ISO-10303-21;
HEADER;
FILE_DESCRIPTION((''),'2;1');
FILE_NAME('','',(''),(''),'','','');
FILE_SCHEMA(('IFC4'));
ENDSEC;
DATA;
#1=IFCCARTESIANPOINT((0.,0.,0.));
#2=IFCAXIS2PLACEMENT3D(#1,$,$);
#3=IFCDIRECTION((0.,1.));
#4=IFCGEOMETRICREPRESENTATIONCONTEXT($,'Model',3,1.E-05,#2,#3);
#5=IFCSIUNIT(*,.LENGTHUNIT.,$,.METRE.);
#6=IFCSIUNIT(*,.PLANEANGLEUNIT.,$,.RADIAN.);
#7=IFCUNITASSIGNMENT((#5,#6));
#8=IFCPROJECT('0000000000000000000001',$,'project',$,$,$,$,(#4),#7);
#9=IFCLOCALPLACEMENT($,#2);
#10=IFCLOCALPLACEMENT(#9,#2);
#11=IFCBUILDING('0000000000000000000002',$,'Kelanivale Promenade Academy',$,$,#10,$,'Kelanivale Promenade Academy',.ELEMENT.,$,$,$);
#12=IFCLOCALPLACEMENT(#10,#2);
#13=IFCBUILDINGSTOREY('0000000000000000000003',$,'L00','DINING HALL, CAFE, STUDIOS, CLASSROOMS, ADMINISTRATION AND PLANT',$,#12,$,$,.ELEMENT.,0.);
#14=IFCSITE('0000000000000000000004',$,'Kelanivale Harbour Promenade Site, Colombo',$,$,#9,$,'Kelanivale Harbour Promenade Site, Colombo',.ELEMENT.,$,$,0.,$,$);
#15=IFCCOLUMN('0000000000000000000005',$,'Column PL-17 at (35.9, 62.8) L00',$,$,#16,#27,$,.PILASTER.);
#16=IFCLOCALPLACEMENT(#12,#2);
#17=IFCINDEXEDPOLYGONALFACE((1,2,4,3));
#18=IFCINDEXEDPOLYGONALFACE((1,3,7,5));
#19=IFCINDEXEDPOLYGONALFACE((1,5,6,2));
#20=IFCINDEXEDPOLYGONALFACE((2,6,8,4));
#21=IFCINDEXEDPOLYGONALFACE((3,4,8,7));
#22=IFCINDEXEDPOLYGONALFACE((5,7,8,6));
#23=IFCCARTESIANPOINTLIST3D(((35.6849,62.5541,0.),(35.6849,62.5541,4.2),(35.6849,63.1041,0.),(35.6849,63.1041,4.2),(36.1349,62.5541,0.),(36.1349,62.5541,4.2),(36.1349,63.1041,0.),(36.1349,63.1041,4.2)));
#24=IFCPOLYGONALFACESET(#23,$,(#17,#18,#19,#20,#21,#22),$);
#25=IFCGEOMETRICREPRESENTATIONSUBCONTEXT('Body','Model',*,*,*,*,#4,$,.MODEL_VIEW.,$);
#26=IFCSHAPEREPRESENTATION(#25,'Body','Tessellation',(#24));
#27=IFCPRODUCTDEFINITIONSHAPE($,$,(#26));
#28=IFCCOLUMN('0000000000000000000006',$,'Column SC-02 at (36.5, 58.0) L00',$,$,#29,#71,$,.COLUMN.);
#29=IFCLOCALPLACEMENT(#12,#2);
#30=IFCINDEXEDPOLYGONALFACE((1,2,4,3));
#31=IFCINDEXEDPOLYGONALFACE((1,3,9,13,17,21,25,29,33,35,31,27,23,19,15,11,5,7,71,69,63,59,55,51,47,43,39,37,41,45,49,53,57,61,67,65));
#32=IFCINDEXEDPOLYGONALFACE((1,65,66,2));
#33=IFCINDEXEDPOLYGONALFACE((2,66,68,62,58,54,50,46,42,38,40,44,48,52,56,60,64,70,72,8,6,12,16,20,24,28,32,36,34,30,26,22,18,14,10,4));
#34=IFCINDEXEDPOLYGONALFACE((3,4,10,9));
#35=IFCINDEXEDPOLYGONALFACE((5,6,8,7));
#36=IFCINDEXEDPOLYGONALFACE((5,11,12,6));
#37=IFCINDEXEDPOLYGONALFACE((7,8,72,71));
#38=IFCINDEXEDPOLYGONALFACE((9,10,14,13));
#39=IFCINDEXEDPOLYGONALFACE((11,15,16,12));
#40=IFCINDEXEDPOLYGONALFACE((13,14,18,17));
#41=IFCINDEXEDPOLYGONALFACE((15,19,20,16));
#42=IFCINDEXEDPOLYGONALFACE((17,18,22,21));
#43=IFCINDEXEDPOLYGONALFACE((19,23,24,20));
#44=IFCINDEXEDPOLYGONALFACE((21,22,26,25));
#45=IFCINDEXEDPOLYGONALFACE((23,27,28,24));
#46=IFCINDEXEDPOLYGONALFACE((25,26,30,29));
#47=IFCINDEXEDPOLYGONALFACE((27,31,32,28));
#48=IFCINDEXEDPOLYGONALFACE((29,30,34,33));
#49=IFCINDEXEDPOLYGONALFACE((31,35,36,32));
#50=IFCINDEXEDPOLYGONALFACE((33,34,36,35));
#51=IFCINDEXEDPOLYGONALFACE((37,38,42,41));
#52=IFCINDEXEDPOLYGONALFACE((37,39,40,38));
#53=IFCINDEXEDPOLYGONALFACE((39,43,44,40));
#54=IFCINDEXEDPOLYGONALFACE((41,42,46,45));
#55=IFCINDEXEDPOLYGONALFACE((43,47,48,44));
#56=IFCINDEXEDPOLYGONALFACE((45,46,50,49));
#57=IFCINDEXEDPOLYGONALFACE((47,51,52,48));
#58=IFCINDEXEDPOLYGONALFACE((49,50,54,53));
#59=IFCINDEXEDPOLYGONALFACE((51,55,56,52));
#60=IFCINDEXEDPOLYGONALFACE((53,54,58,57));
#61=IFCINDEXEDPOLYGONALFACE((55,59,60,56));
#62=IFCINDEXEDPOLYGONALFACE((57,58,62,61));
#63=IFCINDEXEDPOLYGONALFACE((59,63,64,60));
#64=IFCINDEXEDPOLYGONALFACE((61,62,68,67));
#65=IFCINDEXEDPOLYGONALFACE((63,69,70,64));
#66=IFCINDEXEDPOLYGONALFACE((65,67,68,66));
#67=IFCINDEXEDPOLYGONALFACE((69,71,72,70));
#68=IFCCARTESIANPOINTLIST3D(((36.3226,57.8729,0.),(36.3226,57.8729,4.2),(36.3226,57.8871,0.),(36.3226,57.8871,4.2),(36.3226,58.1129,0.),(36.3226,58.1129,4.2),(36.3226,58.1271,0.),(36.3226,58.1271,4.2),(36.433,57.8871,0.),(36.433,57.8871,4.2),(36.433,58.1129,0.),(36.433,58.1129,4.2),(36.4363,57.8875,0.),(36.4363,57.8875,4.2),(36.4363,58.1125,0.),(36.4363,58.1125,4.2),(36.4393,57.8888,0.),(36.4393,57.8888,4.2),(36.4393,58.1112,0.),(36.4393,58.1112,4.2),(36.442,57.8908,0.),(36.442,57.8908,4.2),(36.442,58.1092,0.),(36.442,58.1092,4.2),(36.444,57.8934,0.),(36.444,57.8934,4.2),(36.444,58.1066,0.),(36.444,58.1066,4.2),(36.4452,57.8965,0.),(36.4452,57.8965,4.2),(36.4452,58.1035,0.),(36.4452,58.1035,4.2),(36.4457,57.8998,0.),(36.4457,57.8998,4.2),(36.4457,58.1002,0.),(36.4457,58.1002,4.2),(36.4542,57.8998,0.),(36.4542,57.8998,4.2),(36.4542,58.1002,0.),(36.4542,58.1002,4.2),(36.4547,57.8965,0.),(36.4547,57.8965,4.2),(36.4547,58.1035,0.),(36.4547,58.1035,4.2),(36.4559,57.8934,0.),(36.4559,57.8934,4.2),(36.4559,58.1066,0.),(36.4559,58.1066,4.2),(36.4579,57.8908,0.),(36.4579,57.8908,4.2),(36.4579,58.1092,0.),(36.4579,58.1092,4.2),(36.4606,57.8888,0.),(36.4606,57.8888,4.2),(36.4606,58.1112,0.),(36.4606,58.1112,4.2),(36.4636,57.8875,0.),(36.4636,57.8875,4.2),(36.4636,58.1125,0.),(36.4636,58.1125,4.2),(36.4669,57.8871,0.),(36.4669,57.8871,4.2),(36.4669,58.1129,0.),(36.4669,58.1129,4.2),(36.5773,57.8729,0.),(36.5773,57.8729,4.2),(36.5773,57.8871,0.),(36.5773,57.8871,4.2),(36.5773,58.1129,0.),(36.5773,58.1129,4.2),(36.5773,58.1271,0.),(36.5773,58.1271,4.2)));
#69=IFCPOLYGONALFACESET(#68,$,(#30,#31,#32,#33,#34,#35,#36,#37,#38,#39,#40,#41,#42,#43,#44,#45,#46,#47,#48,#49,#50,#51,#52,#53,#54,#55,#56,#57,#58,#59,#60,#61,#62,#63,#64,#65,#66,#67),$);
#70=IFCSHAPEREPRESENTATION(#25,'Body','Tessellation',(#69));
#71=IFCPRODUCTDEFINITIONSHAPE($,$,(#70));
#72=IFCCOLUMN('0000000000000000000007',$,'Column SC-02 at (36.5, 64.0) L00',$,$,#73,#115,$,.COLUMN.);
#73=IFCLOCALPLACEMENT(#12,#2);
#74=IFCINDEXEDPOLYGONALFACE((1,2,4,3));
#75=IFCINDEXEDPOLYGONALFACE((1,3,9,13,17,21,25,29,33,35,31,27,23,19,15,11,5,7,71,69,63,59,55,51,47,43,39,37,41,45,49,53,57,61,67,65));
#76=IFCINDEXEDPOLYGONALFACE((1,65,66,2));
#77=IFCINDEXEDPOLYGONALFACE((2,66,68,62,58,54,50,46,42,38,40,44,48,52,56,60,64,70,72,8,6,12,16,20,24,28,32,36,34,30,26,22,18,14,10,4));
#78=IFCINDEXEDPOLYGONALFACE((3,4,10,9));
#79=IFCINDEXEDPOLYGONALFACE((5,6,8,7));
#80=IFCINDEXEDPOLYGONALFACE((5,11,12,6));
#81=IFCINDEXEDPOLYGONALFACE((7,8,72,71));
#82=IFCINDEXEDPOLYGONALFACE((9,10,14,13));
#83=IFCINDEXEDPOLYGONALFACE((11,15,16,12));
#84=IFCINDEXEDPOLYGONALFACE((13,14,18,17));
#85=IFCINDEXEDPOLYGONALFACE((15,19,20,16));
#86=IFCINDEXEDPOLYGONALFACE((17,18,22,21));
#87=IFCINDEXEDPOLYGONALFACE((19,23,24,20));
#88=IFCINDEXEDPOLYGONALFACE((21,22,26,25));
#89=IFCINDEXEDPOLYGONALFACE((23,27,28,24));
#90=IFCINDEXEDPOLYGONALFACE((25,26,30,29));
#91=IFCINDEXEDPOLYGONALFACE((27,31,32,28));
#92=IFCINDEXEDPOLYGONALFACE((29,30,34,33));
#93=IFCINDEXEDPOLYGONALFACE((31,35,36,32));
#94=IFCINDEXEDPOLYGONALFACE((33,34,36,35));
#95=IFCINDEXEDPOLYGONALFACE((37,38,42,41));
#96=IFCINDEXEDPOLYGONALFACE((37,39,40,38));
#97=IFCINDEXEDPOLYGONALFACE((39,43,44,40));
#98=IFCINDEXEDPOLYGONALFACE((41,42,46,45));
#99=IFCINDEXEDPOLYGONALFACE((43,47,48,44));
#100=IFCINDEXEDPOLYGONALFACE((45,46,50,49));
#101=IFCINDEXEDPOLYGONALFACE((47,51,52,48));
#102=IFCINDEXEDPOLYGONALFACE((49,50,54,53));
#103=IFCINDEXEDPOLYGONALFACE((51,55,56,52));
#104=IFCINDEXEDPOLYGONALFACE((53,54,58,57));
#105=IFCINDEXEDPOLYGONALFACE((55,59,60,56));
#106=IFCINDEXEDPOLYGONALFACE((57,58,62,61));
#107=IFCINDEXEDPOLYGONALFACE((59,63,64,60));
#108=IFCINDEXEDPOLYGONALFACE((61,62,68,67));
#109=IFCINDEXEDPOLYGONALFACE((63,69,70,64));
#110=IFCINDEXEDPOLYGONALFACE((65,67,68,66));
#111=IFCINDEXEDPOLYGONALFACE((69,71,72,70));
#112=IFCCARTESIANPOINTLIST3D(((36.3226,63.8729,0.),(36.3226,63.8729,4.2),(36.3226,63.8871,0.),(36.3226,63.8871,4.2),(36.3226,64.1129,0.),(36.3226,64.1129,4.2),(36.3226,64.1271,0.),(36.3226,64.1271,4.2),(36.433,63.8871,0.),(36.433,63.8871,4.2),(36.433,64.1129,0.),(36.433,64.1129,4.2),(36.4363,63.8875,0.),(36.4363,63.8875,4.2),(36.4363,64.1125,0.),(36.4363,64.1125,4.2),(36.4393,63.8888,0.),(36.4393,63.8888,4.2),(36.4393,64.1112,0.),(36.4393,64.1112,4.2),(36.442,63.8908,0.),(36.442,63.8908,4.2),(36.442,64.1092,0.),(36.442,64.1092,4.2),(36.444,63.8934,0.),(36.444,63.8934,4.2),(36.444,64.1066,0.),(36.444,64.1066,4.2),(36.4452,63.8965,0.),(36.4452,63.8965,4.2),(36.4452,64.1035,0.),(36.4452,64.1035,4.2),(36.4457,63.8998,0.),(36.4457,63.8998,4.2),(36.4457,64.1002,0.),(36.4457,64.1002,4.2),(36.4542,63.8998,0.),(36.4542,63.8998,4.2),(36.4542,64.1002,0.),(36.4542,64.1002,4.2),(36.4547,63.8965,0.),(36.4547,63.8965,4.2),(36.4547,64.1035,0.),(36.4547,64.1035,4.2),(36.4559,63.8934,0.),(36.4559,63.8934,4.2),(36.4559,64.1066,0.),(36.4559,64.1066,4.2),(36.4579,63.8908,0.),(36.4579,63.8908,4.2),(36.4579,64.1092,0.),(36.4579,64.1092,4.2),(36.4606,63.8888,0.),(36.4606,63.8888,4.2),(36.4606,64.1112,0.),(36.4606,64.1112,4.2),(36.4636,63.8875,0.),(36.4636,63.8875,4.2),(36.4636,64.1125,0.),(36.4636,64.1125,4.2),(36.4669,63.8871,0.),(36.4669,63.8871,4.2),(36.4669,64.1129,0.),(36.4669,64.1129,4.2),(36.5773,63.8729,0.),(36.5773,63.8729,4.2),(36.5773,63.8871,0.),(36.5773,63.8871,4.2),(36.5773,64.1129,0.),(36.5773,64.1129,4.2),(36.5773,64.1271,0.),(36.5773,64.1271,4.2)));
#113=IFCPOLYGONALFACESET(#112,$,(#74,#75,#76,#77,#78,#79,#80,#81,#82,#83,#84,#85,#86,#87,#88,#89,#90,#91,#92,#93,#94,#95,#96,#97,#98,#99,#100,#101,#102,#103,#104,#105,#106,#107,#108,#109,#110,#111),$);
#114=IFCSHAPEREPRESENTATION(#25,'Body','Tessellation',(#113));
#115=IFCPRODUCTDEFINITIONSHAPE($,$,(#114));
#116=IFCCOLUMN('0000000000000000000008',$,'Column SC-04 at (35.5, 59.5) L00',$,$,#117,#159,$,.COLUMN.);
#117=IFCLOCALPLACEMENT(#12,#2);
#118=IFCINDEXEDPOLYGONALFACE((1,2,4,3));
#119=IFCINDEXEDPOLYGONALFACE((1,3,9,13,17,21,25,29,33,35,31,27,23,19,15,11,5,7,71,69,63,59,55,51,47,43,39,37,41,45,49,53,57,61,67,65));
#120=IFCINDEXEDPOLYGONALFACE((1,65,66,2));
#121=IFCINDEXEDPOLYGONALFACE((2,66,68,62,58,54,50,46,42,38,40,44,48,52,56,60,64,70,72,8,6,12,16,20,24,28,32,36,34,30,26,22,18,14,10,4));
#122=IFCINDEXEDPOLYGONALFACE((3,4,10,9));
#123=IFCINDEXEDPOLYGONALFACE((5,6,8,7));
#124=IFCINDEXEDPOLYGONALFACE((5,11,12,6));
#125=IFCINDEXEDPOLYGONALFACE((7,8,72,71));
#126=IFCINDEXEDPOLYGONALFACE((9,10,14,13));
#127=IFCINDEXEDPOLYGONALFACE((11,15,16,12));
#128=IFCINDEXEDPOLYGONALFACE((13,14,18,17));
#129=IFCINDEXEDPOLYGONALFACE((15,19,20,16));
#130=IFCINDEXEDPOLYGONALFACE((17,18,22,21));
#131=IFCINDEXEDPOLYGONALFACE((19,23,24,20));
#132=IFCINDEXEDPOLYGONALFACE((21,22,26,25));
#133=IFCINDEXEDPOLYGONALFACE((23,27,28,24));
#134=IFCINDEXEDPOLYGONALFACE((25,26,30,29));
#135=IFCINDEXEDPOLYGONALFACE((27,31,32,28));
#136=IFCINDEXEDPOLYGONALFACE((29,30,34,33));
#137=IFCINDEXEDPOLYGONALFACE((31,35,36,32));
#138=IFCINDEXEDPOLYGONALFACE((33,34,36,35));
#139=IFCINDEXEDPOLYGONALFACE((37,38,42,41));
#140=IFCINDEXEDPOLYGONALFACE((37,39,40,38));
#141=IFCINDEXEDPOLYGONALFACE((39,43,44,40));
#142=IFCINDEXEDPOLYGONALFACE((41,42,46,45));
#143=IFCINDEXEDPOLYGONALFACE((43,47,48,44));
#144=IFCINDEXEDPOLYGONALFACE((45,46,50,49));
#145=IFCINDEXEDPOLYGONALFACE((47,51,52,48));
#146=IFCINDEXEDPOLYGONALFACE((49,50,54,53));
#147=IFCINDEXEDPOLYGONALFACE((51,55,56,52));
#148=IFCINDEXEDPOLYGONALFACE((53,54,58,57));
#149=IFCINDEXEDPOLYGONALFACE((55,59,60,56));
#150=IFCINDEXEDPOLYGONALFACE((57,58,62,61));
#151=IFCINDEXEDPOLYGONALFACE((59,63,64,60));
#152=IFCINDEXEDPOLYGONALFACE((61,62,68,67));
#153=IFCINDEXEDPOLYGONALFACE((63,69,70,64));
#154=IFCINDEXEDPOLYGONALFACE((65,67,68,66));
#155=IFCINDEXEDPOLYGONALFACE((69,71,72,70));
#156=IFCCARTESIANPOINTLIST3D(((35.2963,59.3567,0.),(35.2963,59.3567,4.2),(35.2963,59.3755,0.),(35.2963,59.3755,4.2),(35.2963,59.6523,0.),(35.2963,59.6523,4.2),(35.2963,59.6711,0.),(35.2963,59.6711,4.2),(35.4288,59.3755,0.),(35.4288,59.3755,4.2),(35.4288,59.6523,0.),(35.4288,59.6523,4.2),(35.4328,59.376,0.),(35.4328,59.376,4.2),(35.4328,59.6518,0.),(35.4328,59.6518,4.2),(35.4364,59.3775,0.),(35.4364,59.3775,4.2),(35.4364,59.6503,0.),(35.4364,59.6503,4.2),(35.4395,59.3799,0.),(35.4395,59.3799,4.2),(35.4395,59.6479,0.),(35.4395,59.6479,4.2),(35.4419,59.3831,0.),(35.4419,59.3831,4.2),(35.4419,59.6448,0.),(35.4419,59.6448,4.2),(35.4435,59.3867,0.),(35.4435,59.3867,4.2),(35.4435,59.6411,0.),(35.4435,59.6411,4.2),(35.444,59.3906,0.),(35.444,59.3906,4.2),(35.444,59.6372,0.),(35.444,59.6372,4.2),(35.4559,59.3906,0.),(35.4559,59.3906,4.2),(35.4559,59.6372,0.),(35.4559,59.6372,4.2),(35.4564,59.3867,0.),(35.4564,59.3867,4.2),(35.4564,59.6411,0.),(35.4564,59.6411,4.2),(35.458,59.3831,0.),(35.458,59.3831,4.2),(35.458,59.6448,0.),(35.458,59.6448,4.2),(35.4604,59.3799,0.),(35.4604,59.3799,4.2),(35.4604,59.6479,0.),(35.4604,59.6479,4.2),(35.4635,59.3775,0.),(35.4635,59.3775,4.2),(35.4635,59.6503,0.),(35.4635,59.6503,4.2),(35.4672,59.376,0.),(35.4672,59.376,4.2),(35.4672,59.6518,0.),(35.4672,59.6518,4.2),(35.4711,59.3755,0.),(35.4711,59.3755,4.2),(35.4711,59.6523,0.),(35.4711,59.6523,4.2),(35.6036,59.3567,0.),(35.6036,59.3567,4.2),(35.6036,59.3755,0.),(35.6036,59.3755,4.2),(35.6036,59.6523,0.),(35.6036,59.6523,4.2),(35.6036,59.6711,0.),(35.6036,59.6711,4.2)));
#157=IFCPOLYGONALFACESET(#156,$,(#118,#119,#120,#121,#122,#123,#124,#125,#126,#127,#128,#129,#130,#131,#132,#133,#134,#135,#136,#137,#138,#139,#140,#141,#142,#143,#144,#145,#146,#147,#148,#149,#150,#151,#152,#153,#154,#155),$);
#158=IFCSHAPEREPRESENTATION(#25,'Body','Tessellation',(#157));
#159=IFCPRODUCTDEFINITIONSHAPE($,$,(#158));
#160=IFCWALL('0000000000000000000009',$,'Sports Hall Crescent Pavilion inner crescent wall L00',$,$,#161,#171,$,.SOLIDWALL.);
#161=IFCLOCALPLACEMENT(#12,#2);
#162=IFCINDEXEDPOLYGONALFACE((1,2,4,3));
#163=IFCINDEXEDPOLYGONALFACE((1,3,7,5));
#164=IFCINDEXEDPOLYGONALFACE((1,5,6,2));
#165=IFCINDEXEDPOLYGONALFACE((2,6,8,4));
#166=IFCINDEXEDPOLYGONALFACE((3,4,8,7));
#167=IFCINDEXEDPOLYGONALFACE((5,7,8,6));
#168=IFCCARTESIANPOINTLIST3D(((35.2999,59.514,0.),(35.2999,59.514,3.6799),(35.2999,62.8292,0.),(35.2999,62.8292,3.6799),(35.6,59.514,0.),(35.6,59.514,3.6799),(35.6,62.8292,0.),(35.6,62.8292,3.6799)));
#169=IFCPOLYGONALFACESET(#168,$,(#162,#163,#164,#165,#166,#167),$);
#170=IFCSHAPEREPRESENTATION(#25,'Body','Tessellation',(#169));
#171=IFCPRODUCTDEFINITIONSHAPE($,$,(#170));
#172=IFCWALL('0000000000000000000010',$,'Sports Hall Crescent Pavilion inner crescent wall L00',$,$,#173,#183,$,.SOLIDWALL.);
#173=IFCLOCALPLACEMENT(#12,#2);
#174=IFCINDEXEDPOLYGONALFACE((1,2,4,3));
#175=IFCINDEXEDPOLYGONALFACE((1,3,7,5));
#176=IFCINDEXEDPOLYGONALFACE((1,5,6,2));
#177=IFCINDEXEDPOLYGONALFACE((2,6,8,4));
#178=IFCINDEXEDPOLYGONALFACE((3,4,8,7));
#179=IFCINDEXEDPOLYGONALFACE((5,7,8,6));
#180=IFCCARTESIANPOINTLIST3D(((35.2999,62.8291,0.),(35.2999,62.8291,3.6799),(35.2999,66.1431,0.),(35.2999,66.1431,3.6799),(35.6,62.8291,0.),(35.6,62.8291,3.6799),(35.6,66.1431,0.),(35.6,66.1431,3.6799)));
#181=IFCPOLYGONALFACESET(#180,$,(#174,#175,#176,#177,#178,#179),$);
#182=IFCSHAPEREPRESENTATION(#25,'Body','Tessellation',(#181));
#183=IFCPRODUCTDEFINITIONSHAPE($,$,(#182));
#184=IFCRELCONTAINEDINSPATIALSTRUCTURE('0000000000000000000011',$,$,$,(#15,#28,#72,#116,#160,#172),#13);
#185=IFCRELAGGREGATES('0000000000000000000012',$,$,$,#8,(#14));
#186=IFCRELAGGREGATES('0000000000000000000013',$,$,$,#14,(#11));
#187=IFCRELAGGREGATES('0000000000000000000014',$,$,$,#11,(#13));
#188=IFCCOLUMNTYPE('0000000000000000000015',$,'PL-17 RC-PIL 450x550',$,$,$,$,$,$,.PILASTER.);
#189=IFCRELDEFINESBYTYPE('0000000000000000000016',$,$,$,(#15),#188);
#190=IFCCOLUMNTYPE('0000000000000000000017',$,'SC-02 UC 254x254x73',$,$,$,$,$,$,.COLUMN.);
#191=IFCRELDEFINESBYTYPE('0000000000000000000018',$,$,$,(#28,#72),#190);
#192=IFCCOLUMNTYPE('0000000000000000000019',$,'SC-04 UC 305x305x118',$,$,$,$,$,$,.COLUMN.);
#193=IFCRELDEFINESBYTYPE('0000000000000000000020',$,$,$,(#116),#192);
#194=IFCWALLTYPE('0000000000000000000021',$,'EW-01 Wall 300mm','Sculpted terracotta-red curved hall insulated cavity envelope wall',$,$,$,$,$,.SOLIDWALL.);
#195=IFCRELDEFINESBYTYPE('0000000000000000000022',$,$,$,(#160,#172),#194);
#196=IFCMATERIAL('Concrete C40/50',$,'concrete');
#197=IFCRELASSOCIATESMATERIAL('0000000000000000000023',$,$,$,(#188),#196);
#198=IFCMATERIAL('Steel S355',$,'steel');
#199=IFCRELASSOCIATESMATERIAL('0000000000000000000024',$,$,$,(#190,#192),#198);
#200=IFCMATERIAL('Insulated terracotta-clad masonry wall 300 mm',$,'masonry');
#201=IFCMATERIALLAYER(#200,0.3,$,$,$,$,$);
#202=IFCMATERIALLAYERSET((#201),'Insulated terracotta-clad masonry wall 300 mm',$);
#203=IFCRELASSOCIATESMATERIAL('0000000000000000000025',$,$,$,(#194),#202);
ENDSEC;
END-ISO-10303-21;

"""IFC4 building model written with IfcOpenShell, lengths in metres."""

from ifc_helpers import new_model, si_unit, direction, frame, frame_2d, origin, origin_2d, place, context, subcontext, project, spatial, rectangle, i_section, extrude, material, layer, layer_set, material_profile, profile_set, type_object, element, save


model = new_model("IFC4")

# Units and contexts
model_context = context("Model", 3, precision=1e-05, world=origin(), true_north=direction((0.0, 1.0)))
body_context = subcontext(model_context, "Body", "Model", "MODEL_VIEW")
ifc_project = project(units=[si_unit("LENGTHUNIT", "METRE"), si_unit("PLANEANGLEUNIT", "RADIAN")], contexts=[model_context])

# Site, building, storey
site_placement = place(None, origin())
site = spatial("IfcSite", under=ifc_project, at=site_placement, Name="Kelanivale Harbour Promenade Site, Colombo", LongName="Kelanivale Harbour Promenade Site, Colombo", CompositionType="ELEMENT", RefElevation=0.0)
building_placement = place(site_placement, origin())
building = spatial("IfcBuilding", under=site, at=building_placement, Name="Kelanivale Promenade Academy", LongName="Kelanivale Promenade Academy", CompositionType="ELEMENT")
storey_placement = place(building_placement, origin())
storey = spatial("IfcBuildingStorey", under=building, at=storey_placement, Name="L00", Description="DINING HALL, CAFE, STUDIOS, CLASSROOMS, ADMINISTRATION AND PLANT", CompositionType="ELEMENT", Elevation=0.0)

# Columns
ifc_material_1 = material(Name="Concrete C40/50", Category="concrete")
ifc_material_profile_1 = material_profile(ifc_material_1, rectangle(XDim=0.45, YDim=0.55, at=origin_2d()), Name="RC-PIL 450x550")
ifc_profile_set_1 = profile_set([ifc_material_profile_1], Name="Concrete C40/50")
column_type_1 = type_object("IfcColumnType", Name="PL-17 RC-PIL 450x550", PredefinedType="PILASTER", material=ifc_profile_set_1)
column_1_placement = place(storey_placement, frame((35.9099, 62.8291, 0.0), z_axis=(0.0, 0.0, 1.0), x_axis=(1.0, 0.0, 0.0)))
element("IfcColumn", 1, at=column_1_placement, inside=storey, type_object=column_type_1, Name="Column PL-17 at (35.9, 62.8) L00", PredefinedType="PILASTER", context=body_context, shape_type="SweptSolid", body=[
    extrude(rectangle(XDim=0.45, YDim=0.55, at=origin_2d()), origin(), (0.0, 0.0, 1.0), 4.2),
])
ifc_material_2 = material(Name="Steel S355", Category="steel")
ifc_material_profile_2 = material_profile(ifc_material_2, i_section(OverallWidth=0.2546, OverallDepth=0.2542, WebThickness=0.0085, FlangeThickness=0.0142, FilletRadius=0.0127, at=origin_2d()), Name="UC 254x254x73")
ifc_profile_set_2 = profile_set([ifc_material_profile_2], Name="Steel S355")
column_type_2 = type_object("IfcColumnType", Name="SC-02 UC 254x254x73", PredefinedType="COLUMN", material=ifc_profile_set_2)
for number, where, z_axis, x_axis, name in (
    (2, (36.45, 58.0, 0.0), (0.0, 0.0, 1.0), (1.0, 0.0, 0.0), "Column SC-02 at (36.5, 58.0) L00"),
    (3, (36.45, 64.0, 0.0), (0.0, 0.0, 1.0), (1.0, 0.0, 0.0), "Column SC-02 at (36.5, 64.0) L00"),
):
    element("IfcColumn", number, at=place(storey_placement, frame(where, z_axis=z_axis, x_axis=x_axis)), inside=storey, type_object=column_type_2, Name=name, PredefinedType="COLUMN", context=body_context, shape_type="SweptSolid", body=[
        extrude(i_section(OverallWidth=0.2546, OverallDepth=0.2542, WebThickness=0.0085, FlangeThickness=0.0142, FilletRadius=0.0127, at=origin_2d()), origin(), (0.0, 0.0, 1.0), 4.2),
    ])
ifc_material_profile_3 = material_profile(ifc_material_2, i_section(OverallWidth=0.3074, OverallDepth=0.3145, WebThickness=0.012, FlangeThickness=0.0188, FilletRadius=0.0151, at=origin_2d()), Name="UC 305x305x118")
ifc_profile_set_3 = profile_set([ifc_material_profile_3], Name="Steel S355")
column_type_3 = type_object("IfcColumnType", Name="SC-04 UC 305x305x118", PredefinedType="COLUMN", material=ifc_profile_set_3)
column_2_placement = place(storey_placement, frame((35.45, 59.5139, 0.0), z_axis=(0.0, 0.0, 1.0), x_axis=(1.0, 0.0, 0.0)))
element("IfcColumn", 4, at=column_2_placement, inside=storey, type_object=column_type_3, Name="Column SC-04 at (35.5, 59.5) L00", PredefinedType="COLUMN", context=body_context, shape_type="SweptSolid", body=[
    extrude(i_section(OverallWidth=0.3074, OverallDepth=0.3145, WebThickness=0.012, FlangeThickness=0.0188, FilletRadius=0.0151, at=origin_2d()), origin(), (0.0, 0.0, 1.0), 4.2),
])

# Walls
ifc_material_3 = material(Name="Insulated terracotta-clad masonry wall 300 mm", Category="masonry")
ifc_layer_1 = layer(ifc_material_3, 0.3)
ifc_layer_set_1 = layer_set([ifc_layer_1], Name="Insulated terracotta-clad masonry wall 300 mm")
wall_type_1 = type_object("IfcWallType", Name="EW-01 Wall 300mm", Description="Sculpted terracotta-red curved hall insulated cavity envelope wall", PredefinedType="SOLIDWALL", material=ifc_layer_set_1)
wall_1_placement = place(storey_placement, frame((35.45, 59.5139, 0.0), z_axis=(0.0, 0.0, 1.0), x_axis=(0.0, 1.0, 0.0)))
element("IfcWall", 5, at=wall_1_placement, inside=storey, type_object=wall_type_1, Name="Sports Hall Crescent Pavilion inner crescent wall L00", PredefinedType="SOLIDWALL", context=body_context, shape_type="SweptSolid", body=[
    extrude(rectangle(XDim=3.3152, YDim=0.3, at=frame_2d((1.6577, 0.0))), origin(), (0.0, 0.0, 1.0), 3.6799),
])
wall_2_placement = place(storey_placement, frame((35.45, 62.8291, 0.0), z_axis=(0.0, 0.0, 1.0), x_axis=(0.0, 1.0, 0.0)))
element("IfcWall", 6, at=wall_2_placement, inside=storey, type_object=wall_type_1, Name="Sports Hall Crescent Pavilion inner crescent wall L00", PredefinedType="SOLIDWALL", context=body_context, shape_type="SweptSolid", body=[
    extrude(rectangle(XDim=3.314, YDim=0.3, at=frame_2d((1.657, 0.0))), origin(), (0.0, 0.0, 1.0), 3.6799),
])

save(model, "model.ifc")
